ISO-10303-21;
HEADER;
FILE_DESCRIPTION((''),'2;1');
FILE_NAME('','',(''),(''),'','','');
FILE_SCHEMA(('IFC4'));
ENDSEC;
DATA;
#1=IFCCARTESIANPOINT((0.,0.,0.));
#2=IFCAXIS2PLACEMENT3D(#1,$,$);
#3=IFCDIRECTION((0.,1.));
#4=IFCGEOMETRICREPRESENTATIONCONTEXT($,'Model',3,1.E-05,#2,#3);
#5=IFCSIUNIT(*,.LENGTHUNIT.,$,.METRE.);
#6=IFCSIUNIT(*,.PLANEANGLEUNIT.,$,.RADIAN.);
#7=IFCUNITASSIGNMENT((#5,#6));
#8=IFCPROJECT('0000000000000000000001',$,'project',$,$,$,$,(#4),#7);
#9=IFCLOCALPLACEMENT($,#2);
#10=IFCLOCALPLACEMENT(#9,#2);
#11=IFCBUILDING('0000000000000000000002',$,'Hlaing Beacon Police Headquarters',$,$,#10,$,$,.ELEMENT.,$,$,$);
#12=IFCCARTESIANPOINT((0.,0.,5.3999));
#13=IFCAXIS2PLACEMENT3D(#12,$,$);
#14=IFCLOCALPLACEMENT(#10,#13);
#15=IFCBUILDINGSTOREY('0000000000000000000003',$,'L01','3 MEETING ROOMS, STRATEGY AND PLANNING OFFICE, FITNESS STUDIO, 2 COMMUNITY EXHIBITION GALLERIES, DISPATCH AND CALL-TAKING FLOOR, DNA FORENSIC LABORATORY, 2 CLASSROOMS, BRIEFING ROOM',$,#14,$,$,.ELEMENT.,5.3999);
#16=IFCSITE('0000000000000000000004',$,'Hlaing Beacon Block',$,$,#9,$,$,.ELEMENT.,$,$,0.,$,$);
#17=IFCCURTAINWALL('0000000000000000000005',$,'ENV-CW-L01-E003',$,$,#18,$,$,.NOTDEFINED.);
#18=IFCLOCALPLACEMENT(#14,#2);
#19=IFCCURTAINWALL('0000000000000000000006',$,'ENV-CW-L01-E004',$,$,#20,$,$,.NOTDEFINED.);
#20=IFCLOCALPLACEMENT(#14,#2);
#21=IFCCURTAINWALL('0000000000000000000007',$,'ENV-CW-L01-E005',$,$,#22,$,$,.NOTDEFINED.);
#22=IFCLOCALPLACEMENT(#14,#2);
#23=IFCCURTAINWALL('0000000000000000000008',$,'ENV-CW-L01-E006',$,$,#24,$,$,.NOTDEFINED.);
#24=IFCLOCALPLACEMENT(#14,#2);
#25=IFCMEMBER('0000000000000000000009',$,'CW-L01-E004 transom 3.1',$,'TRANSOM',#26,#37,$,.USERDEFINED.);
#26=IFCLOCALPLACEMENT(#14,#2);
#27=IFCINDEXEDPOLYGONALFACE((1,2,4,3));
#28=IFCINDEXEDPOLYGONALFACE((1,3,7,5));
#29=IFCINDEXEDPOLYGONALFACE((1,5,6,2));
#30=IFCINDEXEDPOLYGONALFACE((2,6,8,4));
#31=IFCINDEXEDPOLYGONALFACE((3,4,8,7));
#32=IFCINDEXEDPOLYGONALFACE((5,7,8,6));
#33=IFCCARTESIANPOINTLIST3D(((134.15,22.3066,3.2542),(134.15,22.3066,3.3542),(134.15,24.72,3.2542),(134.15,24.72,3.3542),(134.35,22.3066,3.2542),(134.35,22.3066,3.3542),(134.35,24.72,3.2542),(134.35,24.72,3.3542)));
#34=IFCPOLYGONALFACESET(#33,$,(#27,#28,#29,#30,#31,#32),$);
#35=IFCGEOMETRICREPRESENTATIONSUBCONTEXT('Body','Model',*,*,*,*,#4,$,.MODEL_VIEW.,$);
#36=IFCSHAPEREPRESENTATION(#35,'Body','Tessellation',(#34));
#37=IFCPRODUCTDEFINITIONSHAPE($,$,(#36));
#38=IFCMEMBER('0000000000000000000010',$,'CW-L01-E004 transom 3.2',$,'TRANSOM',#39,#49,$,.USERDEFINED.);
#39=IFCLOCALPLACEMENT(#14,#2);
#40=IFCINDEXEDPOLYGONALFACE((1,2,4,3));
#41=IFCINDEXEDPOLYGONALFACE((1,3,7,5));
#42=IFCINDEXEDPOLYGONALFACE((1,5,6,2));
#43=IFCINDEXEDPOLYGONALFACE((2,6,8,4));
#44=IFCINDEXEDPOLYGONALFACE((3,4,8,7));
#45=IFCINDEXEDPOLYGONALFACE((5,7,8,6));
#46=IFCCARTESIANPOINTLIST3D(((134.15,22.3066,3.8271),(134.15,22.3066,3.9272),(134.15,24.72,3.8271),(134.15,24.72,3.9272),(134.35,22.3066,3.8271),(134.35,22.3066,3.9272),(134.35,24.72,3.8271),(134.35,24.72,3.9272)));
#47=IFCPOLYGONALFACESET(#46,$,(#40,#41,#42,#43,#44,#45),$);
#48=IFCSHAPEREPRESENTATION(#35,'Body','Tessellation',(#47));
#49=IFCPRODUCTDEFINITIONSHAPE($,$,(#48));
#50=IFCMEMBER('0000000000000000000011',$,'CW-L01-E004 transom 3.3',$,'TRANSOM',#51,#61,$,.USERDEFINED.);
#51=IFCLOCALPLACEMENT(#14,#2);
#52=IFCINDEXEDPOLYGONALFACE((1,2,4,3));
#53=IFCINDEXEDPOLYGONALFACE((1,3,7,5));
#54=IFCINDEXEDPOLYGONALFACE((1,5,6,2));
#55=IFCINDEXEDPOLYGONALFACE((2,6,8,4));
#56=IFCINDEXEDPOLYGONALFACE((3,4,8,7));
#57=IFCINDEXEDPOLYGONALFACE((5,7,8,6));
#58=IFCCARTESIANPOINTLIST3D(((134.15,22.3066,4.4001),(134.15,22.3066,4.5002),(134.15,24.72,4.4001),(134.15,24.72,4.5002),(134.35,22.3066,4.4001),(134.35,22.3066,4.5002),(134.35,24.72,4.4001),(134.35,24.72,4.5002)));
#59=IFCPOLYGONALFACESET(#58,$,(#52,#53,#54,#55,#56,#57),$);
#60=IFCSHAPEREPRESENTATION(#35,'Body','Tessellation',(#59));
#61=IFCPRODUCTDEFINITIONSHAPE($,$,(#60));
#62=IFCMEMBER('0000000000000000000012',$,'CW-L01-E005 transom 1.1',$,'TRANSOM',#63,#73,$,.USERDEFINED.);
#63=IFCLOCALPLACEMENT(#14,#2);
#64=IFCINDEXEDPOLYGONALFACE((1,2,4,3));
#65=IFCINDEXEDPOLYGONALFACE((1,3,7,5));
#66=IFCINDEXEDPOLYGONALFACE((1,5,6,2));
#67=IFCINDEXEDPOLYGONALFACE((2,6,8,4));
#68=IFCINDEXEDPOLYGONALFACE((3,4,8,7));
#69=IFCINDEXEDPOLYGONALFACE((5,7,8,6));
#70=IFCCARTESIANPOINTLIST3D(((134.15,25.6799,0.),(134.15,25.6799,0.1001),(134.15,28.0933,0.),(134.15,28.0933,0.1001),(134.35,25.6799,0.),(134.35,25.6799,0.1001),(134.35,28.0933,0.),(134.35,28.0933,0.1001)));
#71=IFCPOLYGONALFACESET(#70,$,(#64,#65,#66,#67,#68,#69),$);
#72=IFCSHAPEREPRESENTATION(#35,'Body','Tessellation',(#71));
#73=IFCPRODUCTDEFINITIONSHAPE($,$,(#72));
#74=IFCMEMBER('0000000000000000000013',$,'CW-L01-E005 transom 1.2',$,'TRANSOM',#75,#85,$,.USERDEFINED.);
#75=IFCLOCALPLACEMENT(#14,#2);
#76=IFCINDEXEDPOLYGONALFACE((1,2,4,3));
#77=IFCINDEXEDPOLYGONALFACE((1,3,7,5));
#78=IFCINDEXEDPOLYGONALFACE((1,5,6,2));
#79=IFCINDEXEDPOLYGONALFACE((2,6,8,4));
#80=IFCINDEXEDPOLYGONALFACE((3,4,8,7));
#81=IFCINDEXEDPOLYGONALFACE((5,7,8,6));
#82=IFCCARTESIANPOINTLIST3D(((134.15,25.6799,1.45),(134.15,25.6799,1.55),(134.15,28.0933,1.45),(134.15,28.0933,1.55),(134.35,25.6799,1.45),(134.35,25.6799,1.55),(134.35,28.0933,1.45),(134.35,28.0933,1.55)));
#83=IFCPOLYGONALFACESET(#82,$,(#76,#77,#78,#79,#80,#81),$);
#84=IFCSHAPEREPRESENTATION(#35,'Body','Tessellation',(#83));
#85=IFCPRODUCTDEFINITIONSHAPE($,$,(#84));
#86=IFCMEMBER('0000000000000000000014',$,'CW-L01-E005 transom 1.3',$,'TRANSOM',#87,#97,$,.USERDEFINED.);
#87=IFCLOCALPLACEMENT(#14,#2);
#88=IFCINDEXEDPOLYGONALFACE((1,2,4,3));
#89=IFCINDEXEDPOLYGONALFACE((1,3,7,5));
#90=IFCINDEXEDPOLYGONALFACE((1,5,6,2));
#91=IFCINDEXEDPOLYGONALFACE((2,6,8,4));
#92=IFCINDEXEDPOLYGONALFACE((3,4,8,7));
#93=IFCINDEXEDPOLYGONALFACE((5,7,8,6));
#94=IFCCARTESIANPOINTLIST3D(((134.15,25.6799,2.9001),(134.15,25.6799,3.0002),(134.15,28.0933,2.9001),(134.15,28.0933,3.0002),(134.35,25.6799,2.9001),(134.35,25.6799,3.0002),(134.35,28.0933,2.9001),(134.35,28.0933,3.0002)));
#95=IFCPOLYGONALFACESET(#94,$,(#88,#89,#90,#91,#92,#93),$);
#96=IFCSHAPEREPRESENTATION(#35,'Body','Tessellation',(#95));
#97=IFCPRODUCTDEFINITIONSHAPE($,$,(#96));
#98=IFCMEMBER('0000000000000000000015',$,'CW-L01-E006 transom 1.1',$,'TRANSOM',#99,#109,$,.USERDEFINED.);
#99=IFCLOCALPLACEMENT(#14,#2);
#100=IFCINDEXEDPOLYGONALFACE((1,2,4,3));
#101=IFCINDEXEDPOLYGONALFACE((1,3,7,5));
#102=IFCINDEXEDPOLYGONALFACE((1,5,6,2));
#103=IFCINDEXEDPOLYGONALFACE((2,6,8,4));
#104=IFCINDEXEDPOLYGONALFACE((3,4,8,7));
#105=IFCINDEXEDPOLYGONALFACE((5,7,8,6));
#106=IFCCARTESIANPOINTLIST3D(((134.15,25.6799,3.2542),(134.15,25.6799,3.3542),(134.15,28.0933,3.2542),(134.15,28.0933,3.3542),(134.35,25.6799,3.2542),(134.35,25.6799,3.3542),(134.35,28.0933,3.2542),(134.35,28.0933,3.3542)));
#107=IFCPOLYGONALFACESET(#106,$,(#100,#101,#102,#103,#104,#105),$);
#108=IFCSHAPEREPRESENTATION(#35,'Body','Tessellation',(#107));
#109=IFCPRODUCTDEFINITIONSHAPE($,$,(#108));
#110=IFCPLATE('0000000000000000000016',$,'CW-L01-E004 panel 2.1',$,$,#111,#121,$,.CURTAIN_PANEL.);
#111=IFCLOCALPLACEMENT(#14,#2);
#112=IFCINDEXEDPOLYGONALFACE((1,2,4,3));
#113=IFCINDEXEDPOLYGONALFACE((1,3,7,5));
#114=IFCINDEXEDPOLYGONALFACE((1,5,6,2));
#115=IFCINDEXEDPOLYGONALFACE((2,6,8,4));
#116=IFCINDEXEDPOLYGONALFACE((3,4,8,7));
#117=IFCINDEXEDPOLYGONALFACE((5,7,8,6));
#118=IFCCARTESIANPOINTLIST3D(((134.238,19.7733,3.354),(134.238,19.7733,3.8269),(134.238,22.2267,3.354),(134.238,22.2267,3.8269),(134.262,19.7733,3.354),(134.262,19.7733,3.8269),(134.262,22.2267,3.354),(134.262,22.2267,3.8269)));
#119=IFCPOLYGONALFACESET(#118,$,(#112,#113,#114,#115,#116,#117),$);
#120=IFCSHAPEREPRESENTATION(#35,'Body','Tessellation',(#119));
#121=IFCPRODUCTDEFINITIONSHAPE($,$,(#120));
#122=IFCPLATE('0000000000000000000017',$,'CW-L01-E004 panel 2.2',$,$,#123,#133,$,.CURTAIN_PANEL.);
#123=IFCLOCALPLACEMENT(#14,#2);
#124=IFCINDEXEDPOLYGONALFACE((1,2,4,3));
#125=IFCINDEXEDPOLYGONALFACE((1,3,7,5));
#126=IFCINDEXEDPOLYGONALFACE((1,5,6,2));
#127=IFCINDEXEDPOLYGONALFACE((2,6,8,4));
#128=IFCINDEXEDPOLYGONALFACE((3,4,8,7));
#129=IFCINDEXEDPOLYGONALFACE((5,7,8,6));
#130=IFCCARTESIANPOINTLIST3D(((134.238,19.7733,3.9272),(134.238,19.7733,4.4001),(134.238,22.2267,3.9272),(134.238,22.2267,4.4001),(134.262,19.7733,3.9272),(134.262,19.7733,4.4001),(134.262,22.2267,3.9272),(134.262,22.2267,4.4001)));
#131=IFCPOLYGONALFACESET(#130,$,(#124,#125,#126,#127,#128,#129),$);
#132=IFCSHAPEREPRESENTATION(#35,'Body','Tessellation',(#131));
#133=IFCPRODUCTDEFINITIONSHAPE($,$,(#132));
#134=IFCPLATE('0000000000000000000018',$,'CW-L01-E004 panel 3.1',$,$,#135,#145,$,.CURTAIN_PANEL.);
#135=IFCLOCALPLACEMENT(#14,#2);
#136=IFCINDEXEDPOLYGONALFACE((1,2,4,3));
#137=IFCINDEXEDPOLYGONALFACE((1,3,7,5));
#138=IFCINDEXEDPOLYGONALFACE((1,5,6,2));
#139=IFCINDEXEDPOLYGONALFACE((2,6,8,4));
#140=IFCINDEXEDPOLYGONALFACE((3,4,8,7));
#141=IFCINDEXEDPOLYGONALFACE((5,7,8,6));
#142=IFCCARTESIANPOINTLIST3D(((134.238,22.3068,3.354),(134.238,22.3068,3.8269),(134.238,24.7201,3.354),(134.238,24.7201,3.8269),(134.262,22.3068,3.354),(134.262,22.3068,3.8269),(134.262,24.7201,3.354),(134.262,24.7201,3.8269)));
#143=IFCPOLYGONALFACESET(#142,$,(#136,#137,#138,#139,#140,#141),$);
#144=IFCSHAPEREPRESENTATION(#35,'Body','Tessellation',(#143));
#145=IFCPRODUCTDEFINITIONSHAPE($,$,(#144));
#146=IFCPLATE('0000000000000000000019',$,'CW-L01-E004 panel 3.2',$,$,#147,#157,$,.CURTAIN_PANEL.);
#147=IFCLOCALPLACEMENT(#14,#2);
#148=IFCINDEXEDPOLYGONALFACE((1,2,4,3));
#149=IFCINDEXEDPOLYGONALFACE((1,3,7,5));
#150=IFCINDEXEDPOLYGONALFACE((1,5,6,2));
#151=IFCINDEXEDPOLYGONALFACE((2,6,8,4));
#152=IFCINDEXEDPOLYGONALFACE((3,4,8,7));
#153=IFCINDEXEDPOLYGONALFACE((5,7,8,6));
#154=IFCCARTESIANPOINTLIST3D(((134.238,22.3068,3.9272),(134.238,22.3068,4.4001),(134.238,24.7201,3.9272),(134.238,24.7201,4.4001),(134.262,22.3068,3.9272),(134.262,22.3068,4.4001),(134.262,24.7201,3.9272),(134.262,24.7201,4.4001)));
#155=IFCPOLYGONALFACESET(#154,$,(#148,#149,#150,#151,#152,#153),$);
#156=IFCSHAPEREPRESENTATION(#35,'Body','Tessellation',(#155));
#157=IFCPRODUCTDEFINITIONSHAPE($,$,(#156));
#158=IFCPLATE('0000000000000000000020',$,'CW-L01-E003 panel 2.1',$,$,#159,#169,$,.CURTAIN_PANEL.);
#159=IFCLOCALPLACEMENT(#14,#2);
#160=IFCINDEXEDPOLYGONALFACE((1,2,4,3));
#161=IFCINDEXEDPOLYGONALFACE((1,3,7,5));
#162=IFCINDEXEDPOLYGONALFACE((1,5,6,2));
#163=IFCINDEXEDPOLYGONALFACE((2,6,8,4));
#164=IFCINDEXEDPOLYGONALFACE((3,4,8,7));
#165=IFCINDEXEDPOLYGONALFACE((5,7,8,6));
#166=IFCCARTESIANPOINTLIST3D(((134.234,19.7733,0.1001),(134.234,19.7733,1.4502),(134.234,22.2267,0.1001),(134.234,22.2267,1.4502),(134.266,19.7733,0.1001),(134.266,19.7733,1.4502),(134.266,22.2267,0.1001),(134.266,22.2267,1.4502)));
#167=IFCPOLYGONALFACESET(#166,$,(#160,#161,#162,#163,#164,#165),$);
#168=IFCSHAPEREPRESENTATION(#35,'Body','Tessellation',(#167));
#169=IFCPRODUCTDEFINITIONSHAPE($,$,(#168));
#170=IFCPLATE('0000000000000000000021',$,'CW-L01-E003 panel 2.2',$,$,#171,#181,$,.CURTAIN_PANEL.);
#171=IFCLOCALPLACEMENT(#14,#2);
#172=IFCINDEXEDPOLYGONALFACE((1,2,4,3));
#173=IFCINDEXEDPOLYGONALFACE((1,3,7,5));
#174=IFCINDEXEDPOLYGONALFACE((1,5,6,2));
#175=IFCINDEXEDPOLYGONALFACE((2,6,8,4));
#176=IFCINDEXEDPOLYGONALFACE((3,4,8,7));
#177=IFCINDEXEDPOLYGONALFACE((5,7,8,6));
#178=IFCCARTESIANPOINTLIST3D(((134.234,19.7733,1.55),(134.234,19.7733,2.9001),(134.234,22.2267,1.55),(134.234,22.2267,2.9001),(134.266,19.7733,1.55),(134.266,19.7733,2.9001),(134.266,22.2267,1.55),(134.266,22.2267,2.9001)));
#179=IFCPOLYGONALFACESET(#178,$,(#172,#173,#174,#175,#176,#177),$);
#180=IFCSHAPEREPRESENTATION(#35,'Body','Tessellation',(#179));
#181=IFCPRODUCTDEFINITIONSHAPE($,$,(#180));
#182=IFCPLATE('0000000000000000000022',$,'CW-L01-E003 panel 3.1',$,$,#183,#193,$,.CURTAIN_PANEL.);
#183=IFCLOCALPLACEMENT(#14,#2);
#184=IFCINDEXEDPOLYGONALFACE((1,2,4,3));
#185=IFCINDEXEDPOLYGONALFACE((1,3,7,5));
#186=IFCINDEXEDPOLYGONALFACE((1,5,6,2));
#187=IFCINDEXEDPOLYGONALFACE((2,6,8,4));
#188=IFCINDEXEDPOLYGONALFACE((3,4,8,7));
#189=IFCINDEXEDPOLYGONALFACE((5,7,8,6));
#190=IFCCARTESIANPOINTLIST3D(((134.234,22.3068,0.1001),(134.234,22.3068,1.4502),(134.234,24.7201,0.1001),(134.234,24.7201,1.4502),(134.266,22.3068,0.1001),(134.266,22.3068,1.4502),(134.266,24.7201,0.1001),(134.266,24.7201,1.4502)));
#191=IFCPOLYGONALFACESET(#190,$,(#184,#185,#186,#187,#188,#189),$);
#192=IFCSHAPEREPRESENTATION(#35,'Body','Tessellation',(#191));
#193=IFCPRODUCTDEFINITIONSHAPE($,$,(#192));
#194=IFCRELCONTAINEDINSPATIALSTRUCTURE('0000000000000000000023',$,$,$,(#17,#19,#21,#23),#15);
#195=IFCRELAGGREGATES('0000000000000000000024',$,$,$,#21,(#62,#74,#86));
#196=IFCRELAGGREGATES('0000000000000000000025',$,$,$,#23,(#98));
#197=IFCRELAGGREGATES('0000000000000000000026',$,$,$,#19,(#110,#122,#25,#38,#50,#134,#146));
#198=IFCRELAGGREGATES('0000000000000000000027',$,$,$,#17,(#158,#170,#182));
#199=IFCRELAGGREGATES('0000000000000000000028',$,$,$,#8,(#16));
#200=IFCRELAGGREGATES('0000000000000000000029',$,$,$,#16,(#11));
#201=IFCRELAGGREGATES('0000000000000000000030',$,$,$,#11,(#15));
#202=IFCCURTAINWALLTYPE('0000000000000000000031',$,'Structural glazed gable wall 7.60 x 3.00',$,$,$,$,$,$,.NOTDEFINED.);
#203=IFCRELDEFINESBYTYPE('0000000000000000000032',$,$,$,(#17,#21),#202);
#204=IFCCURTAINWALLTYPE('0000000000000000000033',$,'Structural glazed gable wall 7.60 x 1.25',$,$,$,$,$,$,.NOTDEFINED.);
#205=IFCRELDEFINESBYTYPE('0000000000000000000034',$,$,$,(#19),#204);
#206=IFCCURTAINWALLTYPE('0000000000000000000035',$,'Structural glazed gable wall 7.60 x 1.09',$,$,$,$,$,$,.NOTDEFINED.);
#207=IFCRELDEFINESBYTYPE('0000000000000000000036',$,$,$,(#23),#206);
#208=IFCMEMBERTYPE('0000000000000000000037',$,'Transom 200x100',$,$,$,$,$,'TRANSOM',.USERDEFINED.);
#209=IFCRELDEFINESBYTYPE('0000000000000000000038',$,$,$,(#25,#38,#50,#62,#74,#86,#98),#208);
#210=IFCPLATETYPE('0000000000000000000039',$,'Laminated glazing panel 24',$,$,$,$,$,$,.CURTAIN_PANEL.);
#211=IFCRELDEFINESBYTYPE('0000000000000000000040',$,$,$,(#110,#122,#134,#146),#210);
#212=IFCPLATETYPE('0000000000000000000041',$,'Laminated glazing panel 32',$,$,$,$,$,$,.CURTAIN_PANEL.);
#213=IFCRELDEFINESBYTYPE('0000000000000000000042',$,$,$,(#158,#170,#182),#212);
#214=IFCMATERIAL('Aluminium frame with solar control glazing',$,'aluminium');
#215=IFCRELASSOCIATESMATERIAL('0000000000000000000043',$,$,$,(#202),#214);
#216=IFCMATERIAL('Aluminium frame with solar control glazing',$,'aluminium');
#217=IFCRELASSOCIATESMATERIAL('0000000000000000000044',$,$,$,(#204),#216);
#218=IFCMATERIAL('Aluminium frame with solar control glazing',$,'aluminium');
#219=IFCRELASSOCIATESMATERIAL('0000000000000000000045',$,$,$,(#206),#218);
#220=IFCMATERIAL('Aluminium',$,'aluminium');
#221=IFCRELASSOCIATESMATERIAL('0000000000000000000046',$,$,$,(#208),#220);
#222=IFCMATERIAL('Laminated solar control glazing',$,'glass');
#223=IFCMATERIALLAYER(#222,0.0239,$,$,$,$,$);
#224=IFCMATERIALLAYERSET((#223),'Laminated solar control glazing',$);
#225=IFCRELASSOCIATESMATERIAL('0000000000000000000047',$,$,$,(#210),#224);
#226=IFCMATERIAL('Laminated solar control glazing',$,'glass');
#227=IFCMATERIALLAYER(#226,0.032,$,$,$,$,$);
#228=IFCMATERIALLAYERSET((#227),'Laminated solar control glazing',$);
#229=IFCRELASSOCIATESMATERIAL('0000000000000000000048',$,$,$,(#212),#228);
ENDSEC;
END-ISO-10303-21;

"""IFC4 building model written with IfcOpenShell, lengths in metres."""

from ifc_helpers import new_model, si_unit, direction, frame, origin, origin_2d, place, context, subcontext, project, spatial, rectangle, extrude, material, layer, layer_set, material_profile, profile_set, type_object, element, aggregate, save


model = new_model("IFC4")

# Units and contexts
model_context = context("Model", 3, precision=1e-05, world=origin(), true_north=direction((0.0, 1.0)))
body_context = subcontext(model_context, "Body", "Model", "MODEL_VIEW")
ifc_project = project(units=[si_unit("LENGTHUNIT", "METRE"), si_unit("PLANEANGLEUNIT", "RADIAN")], contexts=[model_context])

# Site, building, storey
site_placement = place(None, origin())
site = spatial("IfcSite", under=ifc_project, at=site_placement, Name="Hlaing Beacon Block", CompositionType="ELEMENT", RefElevation=0.0)
building_placement = place(site_placement, origin())
building = spatial("IfcBuilding", under=site, at=building_placement, Name="Hlaing Beacon Police Headquarters", CompositionType="ELEMENT")
storey_placement = place(building_placement, frame((0.0, 0.0, 5.3999)))
storey = spatial("IfcBuildingStorey", under=building, at=storey_placement, Name="L01", Description="3 MEETING ROOMS, STRATEGY AND PLANNING OFFICE, FITNESS STUDIO, 2 COMMUNITY EXHIBITION GALLERIES, DISPATCH AND CALL-TAKING FLOOR, DNA FORENSIC LABORATORY, 2 CLASSROOMS, BRIEFING ROOM", CompositionType="ELEMENT", Elevation=5.3999)

# Curtain walls
ifc_material_1 = material(Name="Aluminium frame with solar control glazing", Category="aluminium")
curtain_wall_type_1 = type_object("IfcCurtainWallType", Name="Structural glazed gable wall 7.60 x 3.00", PredefinedType="NOTDEFINED", material=ifc_material_1)
curtain_wall_1_placement = place(storey_placement, origin())
curtain_wall_1 = element("IfcCurtainWall", 1, at=curtain_wall_1_placement, inside=storey, type_object=curtain_wall_type_1, Name="ENV-CW-L01-E003", PredefinedType="NOTDEFINED")
ifc_material_2 = material(Name="Aluminium frame with solar control glazing", Category="aluminium")
curtain_wall_type_2 = type_object("IfcCurtainWallType", Name="Structural glazed gable wall 7.60 x 1.25", PredefinedType="NOTDEFINED", material=ifc_material_2)
curtain_wall_2_placement = place(storey_placement, origin())
curtain_wall_2 = element("IfcCurtainWall", 2, at=curtain_wall_2_placement, inside=storey, type_object=curtain_wall_type_2, Name="ENV-CW-L01-E004", PredefinedType="NOTDEFINED")

# Curtain walls
curtain_wall_3_placement = place(storey_placement, origin())
curtain_wall_3 = element("IfcCurtainWall", 3, at=curtain_wall_3_placement, inside=storey, type_object=curtain_wall_type_1, Name="ENV-CW-L01-E005", PredefinedType="NOTDEFINED")
ifc_material_3 = material(Name="Aluminium frame with solar control glazing", Category="aluminium")
curtain_wall_type_3 = type_object("IfcCurtainWallType", Name="Structural glazed gable wall 7.60 x 1.09", PredefinedType="NOTDEFINED", material=ifc_material_3)
curtain_wall_4_placement = place(storey_placement, origin())
curtain_wall_4 = element("IfcCurtainWall", 4, at=curtain_wall_4_placement, inside=storey, type_object=curtain_wall_type_3, Name="ENV-CW-L01-E006", PredefinedType="NOTDEFINED")

# Members
ifc_material_4 = material(Name="Aluminium", Category="aluminium")
ifc_material_profile_1 = material_profile(ifc_material_4, rectangle(XDim=0.2, YDim=0.1001, at=origin_2d()), Name="Transom 200x100")
ifc_profile_set_1 = profile_set([ifc_material_profile_1], Name="Aluminium")
member_type_1 = type_object("IfcMemberType", Name="Transom 200x100", ElementType="TRANSOM", PredefinedType="USERDEFINED", material=ifc_profile_set_1)
member_1_placement = place(storey_placement, frame((134.25, 22.3066, 3.3042), z_axis=(0.0, 1.0, 0.0), x_axis=(-1.0, 0.0, 0.0)))
member_1 = element("IfcMember", 5, at=member_1_placement, type_object=member_type_1, Name="CW-L01-E004 transom 3.1", ObjectType="TRANSOM", PredefinedType="USERDEFINED", context=body_context, shape_type="SweptSolid", body=[
    extrude(rectangle(XDim=0.2, YDim=0.1001, at=origin_2d()), origin(), (0.0, 0.0, 1.0), 2.4133),
])
member_2_placement = place(storey_placement, frame((134.25, 22.3066, 3.8772), z_axis=(0.0, 1.0, 0.0), x_axis=(-1.0, 0.0, 0.0)))
member_2 = element("IfcMember", 6, at=member_2_placement, type_object=member_type_1, Name="CW-L01-E004 transom 3.2", ObjectType="TRANSOM", PredefinedType="USERDEFINED", context=body_context, shape_type="SweptSolid", body=[
    extrude(rectangle(XDim=0.2, YDim=0.1001, at=origin_2d()), origin(), (0.0, 0.0, 1.0), 2.4133),
])
member_3_placement = place(storey_placement, frame((134.25, 22.3066, 4.4502), z_axis=(0.0, 1.0, 0.0), x_axis=(-1.0, 0.0, 0.0)))
member_3 = element("IfcMember", 7, at=member_3_placement, type_object=member_type_1, Name="CW-L01-E004 transom 3.3", ObjectType="TRANSOM", PredefinedType="USERDEFINED", context=body_context, shape_type="SweptSolid", body=[
    extrude(rectangle(XDim=0.2, YDim=0.1001, at=origin_2d()), origin(), (0.0, 0.0, 1.0), 2.4133),
])
member_4_placement = place(storey_placement, frame((134.25, 25.6799, 0.05), z_axis=(0.0, 1.0, 0.0), x_axis=(-1.0, 0.0, 0.0)))
member_4 = element("IfcMember", 8, at=member_4_placement, type_object=member_type_1, Name="CW-L01-E005 transom 1.1", ObjectType="TRANSOM", PredefinedType="USERDEFINED", context=body_context, shape_type="SweptSolid", body=[
    extrude(rectangle(XDim=0.2, YDim=0.1001, at=origin_2d()), origin(), (0.0, 0.0, 1.0), 2.4133),
])
member_5_placement = place(storey_placement, frame((134.25, 25.6799, 1.5), z_axis=(0.0, 1.0, 0.0), x_axis=(-1.0, 0.0, 0.0)))
member_5 = element("IfcMember", 9, at=member_5_placement, type_object=member_type_1, Name="CW-L01-E005 transom 1.2", ObjectType="TRANSOM", PredefinedType="USERDEFINED", context=body_context, shape_type="SweptSolid", body=[
    extrude(rectangle(XDim=0.2, YDim=0.1001, at=origin_2d()), origin(), (0.0, 0.0, 1.0), 2.4133),
])
member_6_placement = place(storey_placement, frame((134.25, 25.6799, 2.9502), z_axis=(0.0, 1.0, 0.0), x_axis=(-1.0, 0.0, 0.0)))
member_6 = element("IfcMember", 10, at=member_6_placement, type_object=member_type_1, Name="CW-L01-E005 transom 1.3", ObjectType="TRANSOM", PredefinedType="USERDEFINED", context=body_context, shape_type="SweptSolid", body=[
    extrude(rectangle(XDim=0.2, YDim=0.1001, at=origin_2d()), origin(), (0.0, 0.0, 1.0), 2.4133),
])
aggregate(curtain_wall_3, [member_4, member_5, member_6])
member_7_placement = place(storey_placement, frame((134.25, 25.6799, 3.3042), z_axis=(0.0, 1.0, 0.0), x_axis=(-1.0, 0.0, 0.0)))
member_7 = element("IfcMember", 11, at=member_7_placement, type_object=member_type_1, Name="CW-L01-E006 transom 1.1", ObjectType="TRANSOM", PredefinedType="USERDEFINED", context=body_context, shape_type="SweptSolid", body=[
    extrude(rectangle(XDim=0.2, YDim=0.1001, at=origin_2d()), origin(), (0.0, 0.0, 1.0), 2.4133),
])
aggregate(curtain_wall_4, [member_7])

# Plates
ifc_material_5 = material(Name="Laminated solar control glazing", Category="glass")
ifc_layer_1 = layer(ifc_material_5, 0.0239)
ifc_layer_set_1 = layer_set([ifc_layer_1], Name="Laminated solar control glazing")
plate_type_1 = type_object("IfcPlateType", Name="Laminated glazing panel 24", PredefinedType="CURTAIN_PANEL", material=ifc_layer_set_1)
plate_1_placement = place(storey_placement, frame((134.25, 21.0, 3.354), z_axis=(0.0, 0.0, 1.0), x_axis=(0.0, 1.0, 0.0)))
plate_1 = element("IfcPlate", 12, at=plate_1_placement, type_object=plate_type_1, Name="CW-L01-E004 panel 2.1", PredefinedType="CURTAIN_PANEL", context=body_context, shape_type="SweptSolid", body=[
    extrude(rectangle(XDim=2.4534, YDim=0.0239, at=origin_2d()), origin(), (0.0, 0.0, 1.0), 0.4729),
])
plate_2_placement = place(storey_placement, frame((134.25, 21.0, 3.9272), z_axis=(0.0, 0.0, 1.0), x_axis=(0.0, 1.0, 0.0)))
plate_2 = element("IfcPlate", 13, at=plate_2_placement, type_object=plate_type_1, Name="CW-L01-E004 panel 2.2", PredefinedType="CURTAIN_PANEL", context=body_context, shape_type="SweptSolid", body=[
    extrude(rectangle(XDim=2.4534, YDim=0.0239, at=origin_2d()), origin(), (0.0, 0.0, 1.0), 0.4729),
])
plate_3_placement = place(storey_placement, frame((134.25, 23.5134, 3.354), z_axis=(0.0, 0.0, 1.0), x_axis=(0.0, 1.0, 0.0)))
plate_3 = element("IfcPlate", 14, at=plate_3_placement, type_object=plate_type_1, Name="CW-L01-E004 panel 3.1", PredefinedType="CURTAIN_PANEL", context=body_context, shape_type="SweptSolid", body=[
    extrude(rectangle(XDim=2.4133, YDim=0.0239, at=origin_2d()), origin(), (0.0, 0.0, 1.0), 0.4729),
])
plate_4_placement = place(storey_placement, frame((134.25, 23.5134, 3.9272), z_axis=(0.0, 0.0, 1.0), x_axis=(0.0, 1.0, 0.0)))
plate_4 = element("IfcPlate", 15, at=plate_4_placement, type_object=plate_type_1, Name="CW-L01-E004 panel 3.2", PredefinedType="CURTAIN_PANEL", context=body_context, shape_type="SweptSolid", body=[
    extrude(rectangle(XDim=2.4133, YDim=0.0239, at=origin_2d()), origin(), (0.0, 0.0, 1.0), 0.4729),
])
aggregate(curtain_wall_2, [plate_1, plate_2, member_1, member_2, member_3, plate_3, plate_4])
ifc_material_6 = material(Name="Laminated solar control glazing", Category="glass")
ifc_layer_2 = layer(ifc_material_6, 0.032)
ifc_layer_set_2 = layer_set([ifc_layer_2], Name="Laminated solar control glazing")
plate_type_2 = type_object("IfcPlateType", Name="Laminated glazing panel 32", PredefinedType="CURTAIN_PANEL", material=ifc_layer_set_2)
plate_5_placement = place(storey_placement, frame((134.25, 21.0, 0.1001), z_axis=(0.0, 0.0, 1.0), x_axis=(0.0, 1.0, 0.0)))
plate_5 = element("IfcPlate", 16, at=plate_5_placement, type_object=plate_type_2, Name="CW-L01-E003 panel 2.1", PredefinedType="CURTAIN_PANEL", context=body_context, shape_type="SweptSolid", body=[
    extrude(rectangle(XDim=2.4534, YDim=0.032, at=origin_2d()), origin(), (0.0, 0.0, 1.0), 1.3501),
])
plate_6_placement = place(storey_placement, frame((134.25, 21.0, 1.55), z_axis=(0.0, 0.0, 1.0), x_axis=(0.0, 1.0, 0.0)))
plate_6 = element("IfcPlate", 17, at=plate_6_placement, type_object=plate_type_2, Name="CW-L01-E003 panel 2.2", PredefinedType="CURTAIN_PANEL", context=body_context, shape_type="SweptSolid", body=[
    extrude(rectangle(XDim=2.4534, YDim=0.032, at=origin_2d()), origin(), (0.0, 0.0, 1.0), 1.3501),
])
plate_7_placement = place(storey_placement, frame((134.25, 23.5134, 0.1001), z_axis=(0.0, 0.0, 1.0), x_axis=(0.0, 1.0, 0.0)))
plate_7 = element("IfcPlate", 18, at=plate_7_placement, type_object=plate_type_2, Name="CW-L01-E003 panel 3.1", PredefinedType="CURTAIN_PANEL", context=body_context, shape_type="SweptSolid", body=[
    extrude(rectangle(XDim=2.4133, YDim=0.032, at=origin_2d()), origin(), (0.0, 0.0, 1.0), 1.3501),
])
aggregate(curtain_wall_1, [plate_5, plate_6, plate_7])

save(model, "model.ifc")
